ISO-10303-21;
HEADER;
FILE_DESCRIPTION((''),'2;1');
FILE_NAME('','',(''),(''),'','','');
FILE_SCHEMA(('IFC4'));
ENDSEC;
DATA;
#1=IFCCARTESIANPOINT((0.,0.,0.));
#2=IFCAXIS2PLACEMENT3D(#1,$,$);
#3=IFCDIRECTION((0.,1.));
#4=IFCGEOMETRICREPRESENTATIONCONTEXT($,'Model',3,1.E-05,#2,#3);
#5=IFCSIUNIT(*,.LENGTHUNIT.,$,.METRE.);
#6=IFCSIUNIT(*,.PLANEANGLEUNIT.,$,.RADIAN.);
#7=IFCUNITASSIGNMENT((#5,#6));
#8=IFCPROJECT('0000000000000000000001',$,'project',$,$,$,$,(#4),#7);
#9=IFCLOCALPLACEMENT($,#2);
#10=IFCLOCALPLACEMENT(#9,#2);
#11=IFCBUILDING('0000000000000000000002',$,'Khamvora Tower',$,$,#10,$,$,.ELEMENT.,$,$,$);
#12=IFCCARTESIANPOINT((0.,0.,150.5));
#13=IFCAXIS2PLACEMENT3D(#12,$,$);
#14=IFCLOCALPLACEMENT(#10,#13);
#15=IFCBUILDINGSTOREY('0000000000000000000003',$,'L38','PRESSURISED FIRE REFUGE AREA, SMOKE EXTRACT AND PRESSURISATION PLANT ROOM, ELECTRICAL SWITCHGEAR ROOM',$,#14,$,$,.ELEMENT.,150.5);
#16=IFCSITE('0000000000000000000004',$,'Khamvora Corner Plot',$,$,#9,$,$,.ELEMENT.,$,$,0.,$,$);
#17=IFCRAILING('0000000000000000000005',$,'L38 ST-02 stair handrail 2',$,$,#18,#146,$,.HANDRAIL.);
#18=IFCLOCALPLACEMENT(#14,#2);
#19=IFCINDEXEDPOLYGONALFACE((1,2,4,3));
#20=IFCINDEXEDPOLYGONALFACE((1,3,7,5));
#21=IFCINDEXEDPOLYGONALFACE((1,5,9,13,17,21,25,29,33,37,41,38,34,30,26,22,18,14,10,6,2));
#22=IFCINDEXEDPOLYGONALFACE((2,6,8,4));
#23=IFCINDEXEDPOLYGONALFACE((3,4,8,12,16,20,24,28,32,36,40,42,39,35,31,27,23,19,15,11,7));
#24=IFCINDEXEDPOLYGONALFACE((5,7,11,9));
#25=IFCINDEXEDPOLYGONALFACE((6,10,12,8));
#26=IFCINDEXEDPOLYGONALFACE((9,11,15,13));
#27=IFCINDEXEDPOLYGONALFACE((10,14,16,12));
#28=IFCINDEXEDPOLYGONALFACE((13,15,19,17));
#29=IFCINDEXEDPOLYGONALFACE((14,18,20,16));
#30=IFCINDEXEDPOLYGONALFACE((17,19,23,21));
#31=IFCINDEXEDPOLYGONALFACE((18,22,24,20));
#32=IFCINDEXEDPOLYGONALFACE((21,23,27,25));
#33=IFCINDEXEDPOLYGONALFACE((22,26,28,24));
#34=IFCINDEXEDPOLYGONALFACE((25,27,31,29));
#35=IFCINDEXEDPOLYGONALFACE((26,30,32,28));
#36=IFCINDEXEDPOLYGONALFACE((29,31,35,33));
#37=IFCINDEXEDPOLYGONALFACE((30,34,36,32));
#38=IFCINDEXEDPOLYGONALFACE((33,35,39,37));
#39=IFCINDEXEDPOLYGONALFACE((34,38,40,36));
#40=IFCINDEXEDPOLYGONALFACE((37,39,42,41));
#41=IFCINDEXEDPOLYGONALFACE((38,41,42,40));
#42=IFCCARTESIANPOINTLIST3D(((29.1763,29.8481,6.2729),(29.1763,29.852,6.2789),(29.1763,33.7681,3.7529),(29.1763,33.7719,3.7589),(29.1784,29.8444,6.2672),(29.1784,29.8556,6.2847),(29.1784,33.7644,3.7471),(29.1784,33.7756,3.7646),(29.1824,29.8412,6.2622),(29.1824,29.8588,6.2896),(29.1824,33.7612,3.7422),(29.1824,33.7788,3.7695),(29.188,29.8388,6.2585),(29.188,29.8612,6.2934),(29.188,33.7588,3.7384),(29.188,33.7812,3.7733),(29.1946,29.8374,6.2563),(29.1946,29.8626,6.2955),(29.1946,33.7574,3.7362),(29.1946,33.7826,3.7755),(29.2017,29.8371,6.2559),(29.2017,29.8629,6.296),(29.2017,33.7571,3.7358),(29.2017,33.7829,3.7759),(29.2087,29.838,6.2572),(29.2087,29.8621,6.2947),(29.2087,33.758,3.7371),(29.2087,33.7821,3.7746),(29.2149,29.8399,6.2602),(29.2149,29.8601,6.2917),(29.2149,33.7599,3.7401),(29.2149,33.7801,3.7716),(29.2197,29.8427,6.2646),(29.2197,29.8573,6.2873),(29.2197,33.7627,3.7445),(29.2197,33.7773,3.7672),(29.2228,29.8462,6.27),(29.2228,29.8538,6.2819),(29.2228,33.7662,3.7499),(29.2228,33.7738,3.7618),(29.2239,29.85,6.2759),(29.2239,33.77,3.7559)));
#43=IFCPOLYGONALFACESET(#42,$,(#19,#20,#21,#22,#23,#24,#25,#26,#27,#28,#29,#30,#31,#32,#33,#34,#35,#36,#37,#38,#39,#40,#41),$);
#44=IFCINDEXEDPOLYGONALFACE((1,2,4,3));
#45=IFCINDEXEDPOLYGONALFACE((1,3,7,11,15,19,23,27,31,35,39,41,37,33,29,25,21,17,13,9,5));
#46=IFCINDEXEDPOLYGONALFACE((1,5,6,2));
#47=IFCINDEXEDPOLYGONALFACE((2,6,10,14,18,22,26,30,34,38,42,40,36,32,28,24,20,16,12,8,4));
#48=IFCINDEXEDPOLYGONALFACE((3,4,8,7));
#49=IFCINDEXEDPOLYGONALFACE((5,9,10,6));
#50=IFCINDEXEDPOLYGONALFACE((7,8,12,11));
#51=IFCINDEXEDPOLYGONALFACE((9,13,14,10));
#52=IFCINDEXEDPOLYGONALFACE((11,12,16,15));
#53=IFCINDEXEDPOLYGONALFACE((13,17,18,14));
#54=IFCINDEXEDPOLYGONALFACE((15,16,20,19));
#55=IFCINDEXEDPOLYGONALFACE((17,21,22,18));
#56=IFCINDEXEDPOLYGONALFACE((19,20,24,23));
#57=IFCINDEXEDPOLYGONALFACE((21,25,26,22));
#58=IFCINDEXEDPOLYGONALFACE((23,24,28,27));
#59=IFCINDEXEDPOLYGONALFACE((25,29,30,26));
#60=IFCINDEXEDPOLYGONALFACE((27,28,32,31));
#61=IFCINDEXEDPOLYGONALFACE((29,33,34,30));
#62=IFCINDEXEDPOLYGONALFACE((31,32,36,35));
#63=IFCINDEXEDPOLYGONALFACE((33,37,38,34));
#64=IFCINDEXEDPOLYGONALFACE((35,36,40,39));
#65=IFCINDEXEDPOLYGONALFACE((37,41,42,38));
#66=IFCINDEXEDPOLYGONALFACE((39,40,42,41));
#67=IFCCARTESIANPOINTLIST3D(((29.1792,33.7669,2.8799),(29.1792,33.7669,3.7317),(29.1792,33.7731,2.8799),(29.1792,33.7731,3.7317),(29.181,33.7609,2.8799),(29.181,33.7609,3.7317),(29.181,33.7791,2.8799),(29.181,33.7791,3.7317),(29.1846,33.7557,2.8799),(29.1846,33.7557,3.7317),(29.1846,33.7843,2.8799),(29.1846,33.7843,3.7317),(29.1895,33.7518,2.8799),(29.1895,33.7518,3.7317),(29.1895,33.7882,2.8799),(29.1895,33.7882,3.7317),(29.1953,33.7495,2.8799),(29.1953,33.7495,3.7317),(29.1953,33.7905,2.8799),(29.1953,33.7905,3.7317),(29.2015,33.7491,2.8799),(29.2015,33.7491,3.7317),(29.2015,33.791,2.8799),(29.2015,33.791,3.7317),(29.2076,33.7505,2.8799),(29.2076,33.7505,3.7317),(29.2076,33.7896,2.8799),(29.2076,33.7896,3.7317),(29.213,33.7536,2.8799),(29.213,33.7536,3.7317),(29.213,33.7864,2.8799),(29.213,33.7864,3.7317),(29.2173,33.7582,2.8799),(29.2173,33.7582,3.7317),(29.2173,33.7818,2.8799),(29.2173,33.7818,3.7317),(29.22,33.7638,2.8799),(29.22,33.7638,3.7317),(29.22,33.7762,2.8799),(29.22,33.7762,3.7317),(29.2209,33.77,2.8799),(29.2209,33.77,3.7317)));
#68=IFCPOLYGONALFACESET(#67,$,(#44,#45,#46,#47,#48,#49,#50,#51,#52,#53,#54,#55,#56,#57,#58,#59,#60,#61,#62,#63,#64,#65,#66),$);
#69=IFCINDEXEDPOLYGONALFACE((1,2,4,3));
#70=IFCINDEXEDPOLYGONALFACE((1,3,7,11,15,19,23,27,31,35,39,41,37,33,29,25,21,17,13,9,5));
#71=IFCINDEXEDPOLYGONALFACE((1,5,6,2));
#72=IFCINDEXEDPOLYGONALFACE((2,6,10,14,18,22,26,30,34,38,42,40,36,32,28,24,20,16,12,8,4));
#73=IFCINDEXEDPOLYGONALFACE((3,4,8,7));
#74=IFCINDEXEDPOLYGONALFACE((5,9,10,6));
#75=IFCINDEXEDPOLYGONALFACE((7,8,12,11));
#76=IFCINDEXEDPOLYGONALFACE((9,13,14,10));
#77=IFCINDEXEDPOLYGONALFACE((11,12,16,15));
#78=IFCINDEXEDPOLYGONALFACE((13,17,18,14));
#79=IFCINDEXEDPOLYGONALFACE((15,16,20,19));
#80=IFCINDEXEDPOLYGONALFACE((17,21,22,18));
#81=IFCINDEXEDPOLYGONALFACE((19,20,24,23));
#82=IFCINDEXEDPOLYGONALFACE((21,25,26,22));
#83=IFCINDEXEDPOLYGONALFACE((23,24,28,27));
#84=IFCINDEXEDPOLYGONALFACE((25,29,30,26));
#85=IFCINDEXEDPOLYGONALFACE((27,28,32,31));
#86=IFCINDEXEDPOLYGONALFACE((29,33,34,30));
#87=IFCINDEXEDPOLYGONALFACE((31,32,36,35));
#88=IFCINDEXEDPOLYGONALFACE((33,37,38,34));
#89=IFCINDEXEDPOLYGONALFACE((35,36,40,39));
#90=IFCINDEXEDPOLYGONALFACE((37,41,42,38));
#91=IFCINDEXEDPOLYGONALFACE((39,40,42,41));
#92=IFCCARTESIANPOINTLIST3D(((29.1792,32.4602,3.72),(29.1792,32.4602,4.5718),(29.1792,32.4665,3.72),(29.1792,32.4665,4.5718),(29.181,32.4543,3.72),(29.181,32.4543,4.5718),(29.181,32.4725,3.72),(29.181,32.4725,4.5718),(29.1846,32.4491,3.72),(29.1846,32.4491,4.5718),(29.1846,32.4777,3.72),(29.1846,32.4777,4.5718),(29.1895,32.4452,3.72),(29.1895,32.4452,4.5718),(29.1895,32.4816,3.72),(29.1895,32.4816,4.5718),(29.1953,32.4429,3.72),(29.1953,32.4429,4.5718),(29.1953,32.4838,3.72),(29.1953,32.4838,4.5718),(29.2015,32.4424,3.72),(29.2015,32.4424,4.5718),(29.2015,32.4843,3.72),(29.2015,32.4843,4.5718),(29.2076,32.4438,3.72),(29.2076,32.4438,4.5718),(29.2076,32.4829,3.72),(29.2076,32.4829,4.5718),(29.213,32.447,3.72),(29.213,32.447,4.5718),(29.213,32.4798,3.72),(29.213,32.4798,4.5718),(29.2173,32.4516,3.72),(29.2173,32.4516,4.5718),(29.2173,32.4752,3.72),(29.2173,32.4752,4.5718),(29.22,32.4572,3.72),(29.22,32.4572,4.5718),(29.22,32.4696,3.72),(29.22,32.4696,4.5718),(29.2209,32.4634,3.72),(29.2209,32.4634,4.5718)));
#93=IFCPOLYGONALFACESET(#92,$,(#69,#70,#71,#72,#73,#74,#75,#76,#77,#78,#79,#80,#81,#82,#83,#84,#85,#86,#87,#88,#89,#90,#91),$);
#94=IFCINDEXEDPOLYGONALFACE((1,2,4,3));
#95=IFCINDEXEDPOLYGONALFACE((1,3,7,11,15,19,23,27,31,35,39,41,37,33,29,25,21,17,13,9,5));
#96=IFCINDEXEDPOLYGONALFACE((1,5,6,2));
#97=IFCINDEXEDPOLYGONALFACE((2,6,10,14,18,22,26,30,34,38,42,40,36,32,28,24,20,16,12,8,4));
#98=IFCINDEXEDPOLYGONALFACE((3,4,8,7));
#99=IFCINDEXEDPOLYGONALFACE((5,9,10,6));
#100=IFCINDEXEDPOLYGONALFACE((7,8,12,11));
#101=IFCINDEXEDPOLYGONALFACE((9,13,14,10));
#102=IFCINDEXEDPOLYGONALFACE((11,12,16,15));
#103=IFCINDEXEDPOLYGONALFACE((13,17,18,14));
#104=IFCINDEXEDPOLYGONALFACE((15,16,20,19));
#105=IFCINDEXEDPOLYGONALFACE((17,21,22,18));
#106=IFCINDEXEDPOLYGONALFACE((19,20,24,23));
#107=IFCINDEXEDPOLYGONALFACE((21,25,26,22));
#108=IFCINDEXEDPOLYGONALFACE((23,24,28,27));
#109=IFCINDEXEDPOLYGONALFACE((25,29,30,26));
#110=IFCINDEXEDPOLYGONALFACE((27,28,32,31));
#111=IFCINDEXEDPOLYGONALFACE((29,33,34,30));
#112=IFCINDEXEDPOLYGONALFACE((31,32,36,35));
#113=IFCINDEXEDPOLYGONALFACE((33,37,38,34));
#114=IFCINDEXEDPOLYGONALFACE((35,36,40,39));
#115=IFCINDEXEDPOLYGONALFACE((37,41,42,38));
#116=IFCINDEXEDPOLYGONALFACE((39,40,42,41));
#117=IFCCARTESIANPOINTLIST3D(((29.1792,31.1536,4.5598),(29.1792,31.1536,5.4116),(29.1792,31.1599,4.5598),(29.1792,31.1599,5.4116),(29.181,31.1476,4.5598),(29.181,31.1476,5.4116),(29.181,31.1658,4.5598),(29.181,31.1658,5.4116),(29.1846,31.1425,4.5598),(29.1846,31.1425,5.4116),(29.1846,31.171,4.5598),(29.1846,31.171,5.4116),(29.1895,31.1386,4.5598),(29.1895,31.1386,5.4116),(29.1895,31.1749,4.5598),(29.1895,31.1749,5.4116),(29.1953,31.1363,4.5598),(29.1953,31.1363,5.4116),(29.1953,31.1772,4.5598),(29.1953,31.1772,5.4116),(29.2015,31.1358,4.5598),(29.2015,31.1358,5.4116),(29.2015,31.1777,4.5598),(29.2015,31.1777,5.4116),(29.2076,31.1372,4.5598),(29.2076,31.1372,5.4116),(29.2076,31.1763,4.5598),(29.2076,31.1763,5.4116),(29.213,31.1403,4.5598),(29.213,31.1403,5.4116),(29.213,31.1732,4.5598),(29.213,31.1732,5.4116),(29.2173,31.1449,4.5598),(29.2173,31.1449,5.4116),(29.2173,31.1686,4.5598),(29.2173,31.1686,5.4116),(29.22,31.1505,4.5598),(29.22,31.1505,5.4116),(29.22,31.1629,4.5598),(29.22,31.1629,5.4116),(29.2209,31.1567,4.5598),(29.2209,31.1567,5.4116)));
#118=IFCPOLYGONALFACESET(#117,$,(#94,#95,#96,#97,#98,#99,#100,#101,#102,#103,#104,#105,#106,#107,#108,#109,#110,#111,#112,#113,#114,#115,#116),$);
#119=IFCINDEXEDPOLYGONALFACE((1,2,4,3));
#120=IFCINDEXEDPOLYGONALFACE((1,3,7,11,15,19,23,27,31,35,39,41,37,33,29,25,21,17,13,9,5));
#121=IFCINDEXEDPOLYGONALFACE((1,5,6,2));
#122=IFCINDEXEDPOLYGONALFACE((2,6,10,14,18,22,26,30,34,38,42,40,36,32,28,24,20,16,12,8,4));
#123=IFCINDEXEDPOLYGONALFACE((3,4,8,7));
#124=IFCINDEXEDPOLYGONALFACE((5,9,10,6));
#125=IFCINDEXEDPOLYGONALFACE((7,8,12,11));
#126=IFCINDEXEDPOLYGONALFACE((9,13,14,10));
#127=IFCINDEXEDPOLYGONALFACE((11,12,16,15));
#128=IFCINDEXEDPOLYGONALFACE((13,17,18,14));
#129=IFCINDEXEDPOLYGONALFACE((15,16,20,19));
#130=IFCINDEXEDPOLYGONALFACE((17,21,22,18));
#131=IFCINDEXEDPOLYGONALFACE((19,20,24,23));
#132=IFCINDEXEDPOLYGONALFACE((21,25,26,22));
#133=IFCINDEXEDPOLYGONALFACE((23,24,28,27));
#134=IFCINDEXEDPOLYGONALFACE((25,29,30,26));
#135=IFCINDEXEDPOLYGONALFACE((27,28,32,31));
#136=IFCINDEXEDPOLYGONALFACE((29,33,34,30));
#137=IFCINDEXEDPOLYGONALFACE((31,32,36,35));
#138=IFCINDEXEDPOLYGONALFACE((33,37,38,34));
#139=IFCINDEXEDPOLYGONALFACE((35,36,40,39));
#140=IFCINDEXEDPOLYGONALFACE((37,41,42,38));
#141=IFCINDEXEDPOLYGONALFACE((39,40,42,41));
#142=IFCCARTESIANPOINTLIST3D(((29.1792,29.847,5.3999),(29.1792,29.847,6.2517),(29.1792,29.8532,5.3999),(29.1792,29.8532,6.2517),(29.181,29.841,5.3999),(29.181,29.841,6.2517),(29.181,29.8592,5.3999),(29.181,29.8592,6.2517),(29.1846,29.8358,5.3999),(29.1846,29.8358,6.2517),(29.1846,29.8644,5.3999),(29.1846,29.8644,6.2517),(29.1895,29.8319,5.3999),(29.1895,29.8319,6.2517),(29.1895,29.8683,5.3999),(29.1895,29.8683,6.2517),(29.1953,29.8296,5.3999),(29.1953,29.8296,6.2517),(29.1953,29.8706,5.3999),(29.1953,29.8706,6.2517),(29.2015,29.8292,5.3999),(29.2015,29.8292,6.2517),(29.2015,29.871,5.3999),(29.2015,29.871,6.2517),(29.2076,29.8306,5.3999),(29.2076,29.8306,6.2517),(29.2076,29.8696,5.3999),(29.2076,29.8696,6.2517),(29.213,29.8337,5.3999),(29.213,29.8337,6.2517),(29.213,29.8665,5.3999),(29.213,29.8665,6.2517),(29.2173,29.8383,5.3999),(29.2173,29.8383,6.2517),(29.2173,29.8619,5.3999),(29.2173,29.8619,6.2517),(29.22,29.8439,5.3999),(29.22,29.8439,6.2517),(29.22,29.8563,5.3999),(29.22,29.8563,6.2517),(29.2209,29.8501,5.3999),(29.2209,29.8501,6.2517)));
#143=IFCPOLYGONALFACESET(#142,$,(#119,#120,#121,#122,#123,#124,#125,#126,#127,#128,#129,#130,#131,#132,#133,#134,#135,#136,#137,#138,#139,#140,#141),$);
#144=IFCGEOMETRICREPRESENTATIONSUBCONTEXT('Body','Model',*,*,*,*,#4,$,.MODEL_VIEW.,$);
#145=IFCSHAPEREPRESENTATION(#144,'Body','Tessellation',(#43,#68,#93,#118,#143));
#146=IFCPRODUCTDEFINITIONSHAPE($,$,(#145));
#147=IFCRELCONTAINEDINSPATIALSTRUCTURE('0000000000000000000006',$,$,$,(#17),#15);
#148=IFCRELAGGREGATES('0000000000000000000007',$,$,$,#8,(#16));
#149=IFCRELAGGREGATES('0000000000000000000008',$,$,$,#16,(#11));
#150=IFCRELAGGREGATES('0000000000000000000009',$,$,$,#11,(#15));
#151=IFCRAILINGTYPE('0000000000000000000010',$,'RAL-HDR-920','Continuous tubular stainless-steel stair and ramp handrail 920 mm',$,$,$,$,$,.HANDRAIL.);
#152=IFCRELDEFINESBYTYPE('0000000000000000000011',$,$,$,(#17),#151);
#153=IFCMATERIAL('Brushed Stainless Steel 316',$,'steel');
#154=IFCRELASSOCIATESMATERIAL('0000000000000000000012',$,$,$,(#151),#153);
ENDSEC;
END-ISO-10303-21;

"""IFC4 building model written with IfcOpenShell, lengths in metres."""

from ifc_helpers import new_model, si_unit, direction, frame, origin, origin_2d, place, context, subcontext, project, spatial, circle, extrude, material, type_object, element, save


model = new_model("IFC4")

# Units and contexts
model_context = context("Model", 3, precision=1e-05, world=origin(), true_north=direction((0.0, 1.0)))
body_context = subcontext(model_context, "Body", "Model", "MODEL_VIEW")
ifc_project = project(units=[si_unit("LENGTHUNIT", "METRE"), si_unit("PLANEANGLEUNIT", "RADIAN")], contexts=[model_context])

# Site, building, storey
site_placement = place(None, origin())
site = spatial("IfcSite", under=ifc_project, at=site_placement, Name="Khamvora Corner Plot", CompositionType="ELEMENT", RefElevation=0.0)
building_placement = place(site_placement, origin())
building = spatial("IfcBuilding", under=site, at=building_placement, Name="Khamvora Tower", CompositionType="ELEMENT")
storey_placement = place(building_placement, frame((0.0, 0.0, 150.5)))
storey = spatial("IfcBuildingStorey", under=building, at=storey_placement, Name="L38", Description="PRESSURISED FIRE REFUGE AREA, SMOKE EXTRACT AND PRESSURISATION PLANT ROOM, ELECTRICAL SWITCHGEAR ROOM", CompositionType="ELEMENT", Elevation=150.5)

# Railing
ifc_material_1 = material(Name="Brushed Stainless Steel 316", Category="steel")
railing_type_1 = type_object("IfcRailingType", Name="RAL-HDR-920", Description="Continuous tubular stainless-steel stair and ramp handrail 920 mm", PredefinedType="HANDRAIL", material=ifc_material_1)
railing_1_placement = place(storey_placement, frame((29.2, 33.77, 2.8799)))
element("IfcRailing", 1, at=railing_1_placement, inside=storey, type_object=railing_type_1, Name="L38 ST-02 stair handrail 2", PredefinedType="HANDRAIL", context=body_context, shape_type="SweptSolid", body=[
    extrude(circle(Radius=0.0239, at=origin_2d()), frame((0.0, 0.0, 0.876), z_axis=(0.0, -0.841172, 0.540768), x_axis=(1.0, 0.0, 0.0)), (0.0, 0.0, 1.0), 4.6602),
    extrude(circle(Radius=0.021, at=origin_2d()), origin(), (0.0, 0.0, 1.0), 0.8518),
    extrude(circle(Radius=0.021, at=origin_2d()), frame((0.0, -1.3066, 0.8401)), (0.0, 0.0, 1.0), 0.8518),
    extrude(circle(Radius=0.021, at=origin_2d()), frame((0.0, -2.6133, 1.6799)), (0.0, 0.0, 1.0), 0.8518),
    extrude(circle(Radius=0.021, at=origin_2d()), frame((0.0, -3.9199, 2.52)), (0.0, 0.0, 1.0), 0.8518),
])

save(model, "model.ifc")
